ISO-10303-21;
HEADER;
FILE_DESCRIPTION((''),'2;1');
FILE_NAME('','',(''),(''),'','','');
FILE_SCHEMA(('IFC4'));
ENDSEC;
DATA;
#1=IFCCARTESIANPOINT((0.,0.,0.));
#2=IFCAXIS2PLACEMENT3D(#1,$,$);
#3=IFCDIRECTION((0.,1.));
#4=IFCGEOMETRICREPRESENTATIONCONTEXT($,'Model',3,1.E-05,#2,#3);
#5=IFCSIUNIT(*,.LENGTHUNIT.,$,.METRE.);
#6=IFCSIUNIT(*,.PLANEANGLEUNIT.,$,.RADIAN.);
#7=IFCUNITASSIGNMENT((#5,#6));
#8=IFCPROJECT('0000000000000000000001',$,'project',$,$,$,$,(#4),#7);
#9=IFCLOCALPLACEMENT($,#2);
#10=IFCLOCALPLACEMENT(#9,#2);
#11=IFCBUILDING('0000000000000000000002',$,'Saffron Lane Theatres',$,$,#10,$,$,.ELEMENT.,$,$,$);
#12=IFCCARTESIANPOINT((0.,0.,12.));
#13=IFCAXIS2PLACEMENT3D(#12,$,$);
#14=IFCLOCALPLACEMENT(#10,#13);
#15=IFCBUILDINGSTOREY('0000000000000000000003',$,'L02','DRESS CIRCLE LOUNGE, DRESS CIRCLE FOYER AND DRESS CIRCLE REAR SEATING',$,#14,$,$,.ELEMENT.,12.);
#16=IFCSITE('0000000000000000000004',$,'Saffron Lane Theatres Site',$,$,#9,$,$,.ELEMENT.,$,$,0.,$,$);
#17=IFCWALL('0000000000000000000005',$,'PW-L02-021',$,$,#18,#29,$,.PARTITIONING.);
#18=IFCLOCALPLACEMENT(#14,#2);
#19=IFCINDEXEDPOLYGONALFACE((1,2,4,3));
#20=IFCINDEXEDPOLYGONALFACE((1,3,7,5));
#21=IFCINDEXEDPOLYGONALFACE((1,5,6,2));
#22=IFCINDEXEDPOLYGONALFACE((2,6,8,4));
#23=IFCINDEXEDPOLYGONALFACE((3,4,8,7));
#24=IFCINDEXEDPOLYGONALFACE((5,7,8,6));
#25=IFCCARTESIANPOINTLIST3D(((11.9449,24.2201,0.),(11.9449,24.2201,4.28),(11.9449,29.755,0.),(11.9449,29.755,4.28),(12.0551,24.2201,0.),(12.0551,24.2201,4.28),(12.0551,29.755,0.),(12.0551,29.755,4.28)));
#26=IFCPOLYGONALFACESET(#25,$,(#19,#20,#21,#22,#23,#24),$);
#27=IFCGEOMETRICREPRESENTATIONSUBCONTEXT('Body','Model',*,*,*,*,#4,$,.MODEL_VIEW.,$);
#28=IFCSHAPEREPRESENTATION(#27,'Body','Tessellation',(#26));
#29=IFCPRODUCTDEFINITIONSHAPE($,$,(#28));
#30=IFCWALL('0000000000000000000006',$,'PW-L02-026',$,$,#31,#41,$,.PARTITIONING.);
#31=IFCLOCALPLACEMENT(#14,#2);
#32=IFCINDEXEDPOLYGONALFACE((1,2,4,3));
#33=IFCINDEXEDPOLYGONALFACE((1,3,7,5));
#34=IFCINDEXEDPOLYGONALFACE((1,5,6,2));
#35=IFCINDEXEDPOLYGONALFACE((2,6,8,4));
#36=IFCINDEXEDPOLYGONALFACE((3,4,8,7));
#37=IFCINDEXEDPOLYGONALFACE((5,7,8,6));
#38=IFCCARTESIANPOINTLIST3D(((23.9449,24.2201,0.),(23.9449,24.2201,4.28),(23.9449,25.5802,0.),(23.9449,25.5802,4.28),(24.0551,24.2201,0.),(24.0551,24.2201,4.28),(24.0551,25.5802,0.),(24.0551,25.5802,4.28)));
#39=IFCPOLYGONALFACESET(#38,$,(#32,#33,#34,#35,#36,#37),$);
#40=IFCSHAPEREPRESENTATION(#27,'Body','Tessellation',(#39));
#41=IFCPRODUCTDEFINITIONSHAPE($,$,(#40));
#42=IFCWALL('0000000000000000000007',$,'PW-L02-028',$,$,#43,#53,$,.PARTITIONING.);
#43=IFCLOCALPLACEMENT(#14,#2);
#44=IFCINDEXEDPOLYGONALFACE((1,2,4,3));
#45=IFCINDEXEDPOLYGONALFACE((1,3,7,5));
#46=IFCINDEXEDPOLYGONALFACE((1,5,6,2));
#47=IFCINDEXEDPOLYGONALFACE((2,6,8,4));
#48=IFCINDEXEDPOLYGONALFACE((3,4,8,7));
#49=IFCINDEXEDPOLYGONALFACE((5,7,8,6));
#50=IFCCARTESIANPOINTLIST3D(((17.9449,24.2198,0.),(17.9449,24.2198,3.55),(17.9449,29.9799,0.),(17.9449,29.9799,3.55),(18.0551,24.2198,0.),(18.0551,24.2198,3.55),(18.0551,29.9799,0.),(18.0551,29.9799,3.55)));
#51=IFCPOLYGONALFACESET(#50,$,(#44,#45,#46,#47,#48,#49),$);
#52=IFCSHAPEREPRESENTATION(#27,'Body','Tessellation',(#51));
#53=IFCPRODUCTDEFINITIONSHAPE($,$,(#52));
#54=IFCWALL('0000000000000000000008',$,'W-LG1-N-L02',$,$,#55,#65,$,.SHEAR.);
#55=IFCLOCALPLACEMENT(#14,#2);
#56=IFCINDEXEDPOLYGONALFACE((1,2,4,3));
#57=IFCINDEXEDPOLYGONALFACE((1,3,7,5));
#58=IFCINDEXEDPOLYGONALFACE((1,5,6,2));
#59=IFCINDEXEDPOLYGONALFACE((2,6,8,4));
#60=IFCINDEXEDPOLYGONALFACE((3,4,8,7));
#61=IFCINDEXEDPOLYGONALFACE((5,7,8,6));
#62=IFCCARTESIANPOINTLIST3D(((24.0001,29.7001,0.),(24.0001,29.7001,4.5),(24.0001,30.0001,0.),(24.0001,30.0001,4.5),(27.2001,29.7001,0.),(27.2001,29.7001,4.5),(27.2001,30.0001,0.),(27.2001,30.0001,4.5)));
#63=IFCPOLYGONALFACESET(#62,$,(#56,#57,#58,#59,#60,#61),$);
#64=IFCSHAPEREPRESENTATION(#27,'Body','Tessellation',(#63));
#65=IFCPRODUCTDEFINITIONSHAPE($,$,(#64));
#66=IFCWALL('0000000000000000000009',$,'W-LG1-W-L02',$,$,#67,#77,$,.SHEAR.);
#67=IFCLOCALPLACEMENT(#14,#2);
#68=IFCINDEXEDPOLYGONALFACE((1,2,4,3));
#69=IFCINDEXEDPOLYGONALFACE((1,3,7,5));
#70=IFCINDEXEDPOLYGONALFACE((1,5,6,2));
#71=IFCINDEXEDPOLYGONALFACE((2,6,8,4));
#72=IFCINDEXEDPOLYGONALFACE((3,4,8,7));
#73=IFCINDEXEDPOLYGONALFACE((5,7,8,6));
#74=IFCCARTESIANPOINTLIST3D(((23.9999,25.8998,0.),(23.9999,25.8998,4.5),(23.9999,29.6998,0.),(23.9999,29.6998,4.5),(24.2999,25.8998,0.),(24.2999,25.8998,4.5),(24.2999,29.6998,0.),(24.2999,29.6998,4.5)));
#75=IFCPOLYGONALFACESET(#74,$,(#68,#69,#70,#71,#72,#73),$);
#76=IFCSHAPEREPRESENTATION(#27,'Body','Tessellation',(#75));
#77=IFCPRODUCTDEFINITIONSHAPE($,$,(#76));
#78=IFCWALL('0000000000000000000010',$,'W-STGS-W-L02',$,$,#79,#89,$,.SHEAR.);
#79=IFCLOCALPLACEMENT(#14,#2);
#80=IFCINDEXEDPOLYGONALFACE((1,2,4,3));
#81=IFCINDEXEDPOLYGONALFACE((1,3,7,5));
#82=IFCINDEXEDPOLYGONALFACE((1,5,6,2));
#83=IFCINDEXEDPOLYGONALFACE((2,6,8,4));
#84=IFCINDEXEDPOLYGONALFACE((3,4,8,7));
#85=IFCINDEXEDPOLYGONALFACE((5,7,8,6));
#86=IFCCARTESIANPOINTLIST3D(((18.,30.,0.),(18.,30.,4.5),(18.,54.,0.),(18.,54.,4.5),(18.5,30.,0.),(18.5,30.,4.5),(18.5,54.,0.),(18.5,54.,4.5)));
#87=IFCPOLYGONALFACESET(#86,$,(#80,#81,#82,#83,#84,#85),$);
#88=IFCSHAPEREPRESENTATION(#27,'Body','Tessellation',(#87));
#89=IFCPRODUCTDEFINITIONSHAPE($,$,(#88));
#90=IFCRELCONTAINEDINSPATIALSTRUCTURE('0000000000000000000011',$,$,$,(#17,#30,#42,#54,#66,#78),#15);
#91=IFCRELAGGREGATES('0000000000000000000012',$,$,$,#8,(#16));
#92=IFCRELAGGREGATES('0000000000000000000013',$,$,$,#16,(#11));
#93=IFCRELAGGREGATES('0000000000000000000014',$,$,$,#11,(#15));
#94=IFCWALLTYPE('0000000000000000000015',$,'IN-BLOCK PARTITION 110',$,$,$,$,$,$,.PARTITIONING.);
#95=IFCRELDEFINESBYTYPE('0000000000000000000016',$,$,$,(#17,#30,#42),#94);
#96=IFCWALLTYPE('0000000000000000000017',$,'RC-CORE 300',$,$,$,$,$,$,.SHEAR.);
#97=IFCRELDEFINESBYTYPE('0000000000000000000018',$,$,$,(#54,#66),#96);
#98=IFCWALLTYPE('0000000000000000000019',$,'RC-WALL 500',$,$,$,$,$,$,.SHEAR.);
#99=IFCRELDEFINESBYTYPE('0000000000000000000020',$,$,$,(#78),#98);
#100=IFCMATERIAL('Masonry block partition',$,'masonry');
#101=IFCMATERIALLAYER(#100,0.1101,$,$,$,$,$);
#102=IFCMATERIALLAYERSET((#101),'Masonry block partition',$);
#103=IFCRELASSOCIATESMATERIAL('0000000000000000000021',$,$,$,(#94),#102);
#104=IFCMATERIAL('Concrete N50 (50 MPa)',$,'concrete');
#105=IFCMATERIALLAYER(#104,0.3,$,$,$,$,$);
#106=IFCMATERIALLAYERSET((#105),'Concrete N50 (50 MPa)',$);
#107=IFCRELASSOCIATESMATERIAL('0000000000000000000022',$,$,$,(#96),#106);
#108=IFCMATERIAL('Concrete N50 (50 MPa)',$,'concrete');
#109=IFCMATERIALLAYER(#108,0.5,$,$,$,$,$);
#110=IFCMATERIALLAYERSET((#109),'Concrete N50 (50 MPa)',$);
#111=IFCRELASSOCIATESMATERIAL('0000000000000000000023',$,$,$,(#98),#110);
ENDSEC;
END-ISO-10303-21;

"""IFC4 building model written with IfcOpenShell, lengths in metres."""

from ifc_helpers import new_model, si_unit, direction, frame, frame_2d, origin, place, context, subcontext, project, spatial, rectangle, extrude, material, layer, layer_set, type_object, element, save


model = new_model("IFC4")

# Units and contexts
model_context = context("Model", 3, precision=1e-05, world=origin(), true_north=direction((0.0, 1.0)))
body_context = subcontext(model_context, "Body", "Model", "MODEL_VIEW")
ifc_project = project(units=[si_unit("LENGTHUNIT", "METRE"), si_unit("PLANEANGLEUNIT", "RADIAN")], contexts=[model_context])

# Site, building, storey
site_placement = place(None, origin())
site = spatial("IfcSite", under=ifc_project, at=site_placement, Name="Saffron Lane Theatres Site", CompositionType="ELEMENT", RefElevation=0.0)
building_placement = place(site_placement, origin())
building = spatial("IfcBuilding", under=site, at=building_placement, Name="Saffron Lane Theatres", CompositionType="ELEMENT")
storey_placement = place(building_placement, frame((0.0, 0.0, 12.0)))
storey = spatial("IfcBuildingStorey", under=building, at=storey_placement, Name="L02", Description="DRESS CIRCLE LOUNGE, DRESS CIRCLE FOYER AND DRESS CIRCLE REAR SEATING", CompositionType="ELEMENT", Elevation=12.0)

# Shared definitions
ifc_material_1 = material(Name="Masonry block partition", Category="masonry")
ifc_layer_1 = layer(ifc_material_1, 0.1101)
ifc_layer_set_1 = layer_set([ifc_layer_1], Name="Masonry block partition")
wall_type_1 = type_object("IfcWallType", Name="IN-BLOCK PARTITION 110", PredefinedType="PARTITIONING", material=ifc_layer_set_1)

# Walls
wall_1_placement = place(storey_placement, frame((12.0, 24.22, 0.0), z_axis=(0.0, 0.0, 1.0), x_axis=(0.0, 1.0, 0.0)))
element("IfcWall", 1, at=wall_1_placement, inside=storey, type_object=wall_type_1, Name="PW-L02-021", PredefinedType="PARTITIONING", context=body_context, shape_type="SweptSolid", body=[
    extrude(rectangle(XDim=5.5349, YDim=0.1101, at=frame_2d((2.7676, 0.0))), origin(), (0.0, 0.0, 1.0), 4.28),
])
wall_2_placement = place(storey_placement, frame((24.0, 24.22, 0.0), z_axis=(0.0, 0.0, 1.0), x_axis=(0.0, 1.0, 0.0)))
element("IfcWall", 2, at=wall_2_placement, inside=storey, type_object=wall_type_1, Name="PW-L02-026", PredefinedType="PARTITIONING", context=body_context, shape_type="SweptSolid", body=[
    extrude(rectangle(XDim=1.3601, YDim=0.1101, at=frame_2d((0.6802, 0.0))), origin(), (0.0, 0.0, 1.0), 4.28),
])
wall_3_placement = place(storey_placement, frame((18.0, 24.22, 0.0), z_axis=(0.0, 0.0, 1.0), x_axis=(0.0, 1.0, 0.0)))
element("IfcWall", 3, at=wall_3_placement, inside=storey, type_object=wall_type_1, Name="PW-L02-028", PredefinedType="PARTITIONING", context=body_context, shape_type="SweptSolid", body=[
    extrude(rectangle(XDim=5.76, YDim=0.1101, at=frame_2d((2.8799, 0.0))), origin(), (0.0, 0.0, 1.0), 3.55),
])
ifc_material_2 = material(Name="Concrete N50 (50 MPa)", Category="concrete")
ifc_layer_2 = layer(ifc_material_2, 0.3)
ifc_layer_set_2 = layer_set([ifc_layer_2], Name="Concrete N50 (50 MPa)")
wall_type_2 = type_object("IfcWallType", Name="RC-CORE 300", PredefinedType="SHEAR", material=ifc_layer_set_2)
wall_4_placement = place(storey_placement, frame((24.0, 29.8501, 0.0), z_axis=(0.0, 0.0, 1.0), x_axis=(1.0, 0.0, 0.0)))
element("IfcWall", 4, at=wall_4_placement, inside=storey, type_object=wall_type_2, Name="W-LG1-N-L02", PredefinedType="SHEAR", context=body_context, shape_type="SweptSolid", body=[
    extrude(rectangle(XDim=3.2, YDim=0.3, at=frame_2d((1.6001, 0.0))), origin(), (0.0, 0.0, 1.0), 4.5),
])

# Walls
wall_5_placement = place(storey_placement, frame((24.1499, 25.8999, 0.0), z_axis=(0.0, 0.0, 1.0), x_axis=(0.0, 1.0, 0.0)))
element("IfcWall", 5, at=wall_5_placement, inside=storey, type_object=wall_type_2, Name="W-LG1-W-L02", PredefinedType="SHEAR", context=body_context, shape_type="SweptSolid", body=[
    extrude(rectangle(XDim=3.8, YDim=0.3, at=frame_2d((1.8999, 0.0))), origin(), (0.0, 0.0, 1.0), 4.5),
])
ifc_material_3 = material(Name="Concrete N50 (50 MPa)", Category="concrete")
ifc_layer_3 = layer(ifc_material_3, 0.5)
ifc_layer_set_3 = layer_set([ifc_layer_3], Name="Concrete N50 (50 MPa)")
wall_type_3 = type_object("IfcWallType", Name="RC-WALL 500", PredefinedType="SHEAR", material=ifc_layer_set_3)
wall_6_placement = place(storey_placement, frame((18.25, 30.0, 0.0), z_axis=(0.0, 0.0, 1.0), x_axis=(0.0, 1.0, 0.0)))
element("IfcWall", 6, at=wall_6_placement, inside=storey, type_object=wall_type_3, Name="W-STGS-W-L02", PredefinedType="SHEAR", context=body_context, shape_type="SweptSolid", body=[
    extrude(rectangle(XDim=24.0, YDim=0.5, at=frame_2d((12.0, 0.0))), origin(), (0.0, 0.0, 1.0), 4.5),
])

save(model, "model.ifc")
